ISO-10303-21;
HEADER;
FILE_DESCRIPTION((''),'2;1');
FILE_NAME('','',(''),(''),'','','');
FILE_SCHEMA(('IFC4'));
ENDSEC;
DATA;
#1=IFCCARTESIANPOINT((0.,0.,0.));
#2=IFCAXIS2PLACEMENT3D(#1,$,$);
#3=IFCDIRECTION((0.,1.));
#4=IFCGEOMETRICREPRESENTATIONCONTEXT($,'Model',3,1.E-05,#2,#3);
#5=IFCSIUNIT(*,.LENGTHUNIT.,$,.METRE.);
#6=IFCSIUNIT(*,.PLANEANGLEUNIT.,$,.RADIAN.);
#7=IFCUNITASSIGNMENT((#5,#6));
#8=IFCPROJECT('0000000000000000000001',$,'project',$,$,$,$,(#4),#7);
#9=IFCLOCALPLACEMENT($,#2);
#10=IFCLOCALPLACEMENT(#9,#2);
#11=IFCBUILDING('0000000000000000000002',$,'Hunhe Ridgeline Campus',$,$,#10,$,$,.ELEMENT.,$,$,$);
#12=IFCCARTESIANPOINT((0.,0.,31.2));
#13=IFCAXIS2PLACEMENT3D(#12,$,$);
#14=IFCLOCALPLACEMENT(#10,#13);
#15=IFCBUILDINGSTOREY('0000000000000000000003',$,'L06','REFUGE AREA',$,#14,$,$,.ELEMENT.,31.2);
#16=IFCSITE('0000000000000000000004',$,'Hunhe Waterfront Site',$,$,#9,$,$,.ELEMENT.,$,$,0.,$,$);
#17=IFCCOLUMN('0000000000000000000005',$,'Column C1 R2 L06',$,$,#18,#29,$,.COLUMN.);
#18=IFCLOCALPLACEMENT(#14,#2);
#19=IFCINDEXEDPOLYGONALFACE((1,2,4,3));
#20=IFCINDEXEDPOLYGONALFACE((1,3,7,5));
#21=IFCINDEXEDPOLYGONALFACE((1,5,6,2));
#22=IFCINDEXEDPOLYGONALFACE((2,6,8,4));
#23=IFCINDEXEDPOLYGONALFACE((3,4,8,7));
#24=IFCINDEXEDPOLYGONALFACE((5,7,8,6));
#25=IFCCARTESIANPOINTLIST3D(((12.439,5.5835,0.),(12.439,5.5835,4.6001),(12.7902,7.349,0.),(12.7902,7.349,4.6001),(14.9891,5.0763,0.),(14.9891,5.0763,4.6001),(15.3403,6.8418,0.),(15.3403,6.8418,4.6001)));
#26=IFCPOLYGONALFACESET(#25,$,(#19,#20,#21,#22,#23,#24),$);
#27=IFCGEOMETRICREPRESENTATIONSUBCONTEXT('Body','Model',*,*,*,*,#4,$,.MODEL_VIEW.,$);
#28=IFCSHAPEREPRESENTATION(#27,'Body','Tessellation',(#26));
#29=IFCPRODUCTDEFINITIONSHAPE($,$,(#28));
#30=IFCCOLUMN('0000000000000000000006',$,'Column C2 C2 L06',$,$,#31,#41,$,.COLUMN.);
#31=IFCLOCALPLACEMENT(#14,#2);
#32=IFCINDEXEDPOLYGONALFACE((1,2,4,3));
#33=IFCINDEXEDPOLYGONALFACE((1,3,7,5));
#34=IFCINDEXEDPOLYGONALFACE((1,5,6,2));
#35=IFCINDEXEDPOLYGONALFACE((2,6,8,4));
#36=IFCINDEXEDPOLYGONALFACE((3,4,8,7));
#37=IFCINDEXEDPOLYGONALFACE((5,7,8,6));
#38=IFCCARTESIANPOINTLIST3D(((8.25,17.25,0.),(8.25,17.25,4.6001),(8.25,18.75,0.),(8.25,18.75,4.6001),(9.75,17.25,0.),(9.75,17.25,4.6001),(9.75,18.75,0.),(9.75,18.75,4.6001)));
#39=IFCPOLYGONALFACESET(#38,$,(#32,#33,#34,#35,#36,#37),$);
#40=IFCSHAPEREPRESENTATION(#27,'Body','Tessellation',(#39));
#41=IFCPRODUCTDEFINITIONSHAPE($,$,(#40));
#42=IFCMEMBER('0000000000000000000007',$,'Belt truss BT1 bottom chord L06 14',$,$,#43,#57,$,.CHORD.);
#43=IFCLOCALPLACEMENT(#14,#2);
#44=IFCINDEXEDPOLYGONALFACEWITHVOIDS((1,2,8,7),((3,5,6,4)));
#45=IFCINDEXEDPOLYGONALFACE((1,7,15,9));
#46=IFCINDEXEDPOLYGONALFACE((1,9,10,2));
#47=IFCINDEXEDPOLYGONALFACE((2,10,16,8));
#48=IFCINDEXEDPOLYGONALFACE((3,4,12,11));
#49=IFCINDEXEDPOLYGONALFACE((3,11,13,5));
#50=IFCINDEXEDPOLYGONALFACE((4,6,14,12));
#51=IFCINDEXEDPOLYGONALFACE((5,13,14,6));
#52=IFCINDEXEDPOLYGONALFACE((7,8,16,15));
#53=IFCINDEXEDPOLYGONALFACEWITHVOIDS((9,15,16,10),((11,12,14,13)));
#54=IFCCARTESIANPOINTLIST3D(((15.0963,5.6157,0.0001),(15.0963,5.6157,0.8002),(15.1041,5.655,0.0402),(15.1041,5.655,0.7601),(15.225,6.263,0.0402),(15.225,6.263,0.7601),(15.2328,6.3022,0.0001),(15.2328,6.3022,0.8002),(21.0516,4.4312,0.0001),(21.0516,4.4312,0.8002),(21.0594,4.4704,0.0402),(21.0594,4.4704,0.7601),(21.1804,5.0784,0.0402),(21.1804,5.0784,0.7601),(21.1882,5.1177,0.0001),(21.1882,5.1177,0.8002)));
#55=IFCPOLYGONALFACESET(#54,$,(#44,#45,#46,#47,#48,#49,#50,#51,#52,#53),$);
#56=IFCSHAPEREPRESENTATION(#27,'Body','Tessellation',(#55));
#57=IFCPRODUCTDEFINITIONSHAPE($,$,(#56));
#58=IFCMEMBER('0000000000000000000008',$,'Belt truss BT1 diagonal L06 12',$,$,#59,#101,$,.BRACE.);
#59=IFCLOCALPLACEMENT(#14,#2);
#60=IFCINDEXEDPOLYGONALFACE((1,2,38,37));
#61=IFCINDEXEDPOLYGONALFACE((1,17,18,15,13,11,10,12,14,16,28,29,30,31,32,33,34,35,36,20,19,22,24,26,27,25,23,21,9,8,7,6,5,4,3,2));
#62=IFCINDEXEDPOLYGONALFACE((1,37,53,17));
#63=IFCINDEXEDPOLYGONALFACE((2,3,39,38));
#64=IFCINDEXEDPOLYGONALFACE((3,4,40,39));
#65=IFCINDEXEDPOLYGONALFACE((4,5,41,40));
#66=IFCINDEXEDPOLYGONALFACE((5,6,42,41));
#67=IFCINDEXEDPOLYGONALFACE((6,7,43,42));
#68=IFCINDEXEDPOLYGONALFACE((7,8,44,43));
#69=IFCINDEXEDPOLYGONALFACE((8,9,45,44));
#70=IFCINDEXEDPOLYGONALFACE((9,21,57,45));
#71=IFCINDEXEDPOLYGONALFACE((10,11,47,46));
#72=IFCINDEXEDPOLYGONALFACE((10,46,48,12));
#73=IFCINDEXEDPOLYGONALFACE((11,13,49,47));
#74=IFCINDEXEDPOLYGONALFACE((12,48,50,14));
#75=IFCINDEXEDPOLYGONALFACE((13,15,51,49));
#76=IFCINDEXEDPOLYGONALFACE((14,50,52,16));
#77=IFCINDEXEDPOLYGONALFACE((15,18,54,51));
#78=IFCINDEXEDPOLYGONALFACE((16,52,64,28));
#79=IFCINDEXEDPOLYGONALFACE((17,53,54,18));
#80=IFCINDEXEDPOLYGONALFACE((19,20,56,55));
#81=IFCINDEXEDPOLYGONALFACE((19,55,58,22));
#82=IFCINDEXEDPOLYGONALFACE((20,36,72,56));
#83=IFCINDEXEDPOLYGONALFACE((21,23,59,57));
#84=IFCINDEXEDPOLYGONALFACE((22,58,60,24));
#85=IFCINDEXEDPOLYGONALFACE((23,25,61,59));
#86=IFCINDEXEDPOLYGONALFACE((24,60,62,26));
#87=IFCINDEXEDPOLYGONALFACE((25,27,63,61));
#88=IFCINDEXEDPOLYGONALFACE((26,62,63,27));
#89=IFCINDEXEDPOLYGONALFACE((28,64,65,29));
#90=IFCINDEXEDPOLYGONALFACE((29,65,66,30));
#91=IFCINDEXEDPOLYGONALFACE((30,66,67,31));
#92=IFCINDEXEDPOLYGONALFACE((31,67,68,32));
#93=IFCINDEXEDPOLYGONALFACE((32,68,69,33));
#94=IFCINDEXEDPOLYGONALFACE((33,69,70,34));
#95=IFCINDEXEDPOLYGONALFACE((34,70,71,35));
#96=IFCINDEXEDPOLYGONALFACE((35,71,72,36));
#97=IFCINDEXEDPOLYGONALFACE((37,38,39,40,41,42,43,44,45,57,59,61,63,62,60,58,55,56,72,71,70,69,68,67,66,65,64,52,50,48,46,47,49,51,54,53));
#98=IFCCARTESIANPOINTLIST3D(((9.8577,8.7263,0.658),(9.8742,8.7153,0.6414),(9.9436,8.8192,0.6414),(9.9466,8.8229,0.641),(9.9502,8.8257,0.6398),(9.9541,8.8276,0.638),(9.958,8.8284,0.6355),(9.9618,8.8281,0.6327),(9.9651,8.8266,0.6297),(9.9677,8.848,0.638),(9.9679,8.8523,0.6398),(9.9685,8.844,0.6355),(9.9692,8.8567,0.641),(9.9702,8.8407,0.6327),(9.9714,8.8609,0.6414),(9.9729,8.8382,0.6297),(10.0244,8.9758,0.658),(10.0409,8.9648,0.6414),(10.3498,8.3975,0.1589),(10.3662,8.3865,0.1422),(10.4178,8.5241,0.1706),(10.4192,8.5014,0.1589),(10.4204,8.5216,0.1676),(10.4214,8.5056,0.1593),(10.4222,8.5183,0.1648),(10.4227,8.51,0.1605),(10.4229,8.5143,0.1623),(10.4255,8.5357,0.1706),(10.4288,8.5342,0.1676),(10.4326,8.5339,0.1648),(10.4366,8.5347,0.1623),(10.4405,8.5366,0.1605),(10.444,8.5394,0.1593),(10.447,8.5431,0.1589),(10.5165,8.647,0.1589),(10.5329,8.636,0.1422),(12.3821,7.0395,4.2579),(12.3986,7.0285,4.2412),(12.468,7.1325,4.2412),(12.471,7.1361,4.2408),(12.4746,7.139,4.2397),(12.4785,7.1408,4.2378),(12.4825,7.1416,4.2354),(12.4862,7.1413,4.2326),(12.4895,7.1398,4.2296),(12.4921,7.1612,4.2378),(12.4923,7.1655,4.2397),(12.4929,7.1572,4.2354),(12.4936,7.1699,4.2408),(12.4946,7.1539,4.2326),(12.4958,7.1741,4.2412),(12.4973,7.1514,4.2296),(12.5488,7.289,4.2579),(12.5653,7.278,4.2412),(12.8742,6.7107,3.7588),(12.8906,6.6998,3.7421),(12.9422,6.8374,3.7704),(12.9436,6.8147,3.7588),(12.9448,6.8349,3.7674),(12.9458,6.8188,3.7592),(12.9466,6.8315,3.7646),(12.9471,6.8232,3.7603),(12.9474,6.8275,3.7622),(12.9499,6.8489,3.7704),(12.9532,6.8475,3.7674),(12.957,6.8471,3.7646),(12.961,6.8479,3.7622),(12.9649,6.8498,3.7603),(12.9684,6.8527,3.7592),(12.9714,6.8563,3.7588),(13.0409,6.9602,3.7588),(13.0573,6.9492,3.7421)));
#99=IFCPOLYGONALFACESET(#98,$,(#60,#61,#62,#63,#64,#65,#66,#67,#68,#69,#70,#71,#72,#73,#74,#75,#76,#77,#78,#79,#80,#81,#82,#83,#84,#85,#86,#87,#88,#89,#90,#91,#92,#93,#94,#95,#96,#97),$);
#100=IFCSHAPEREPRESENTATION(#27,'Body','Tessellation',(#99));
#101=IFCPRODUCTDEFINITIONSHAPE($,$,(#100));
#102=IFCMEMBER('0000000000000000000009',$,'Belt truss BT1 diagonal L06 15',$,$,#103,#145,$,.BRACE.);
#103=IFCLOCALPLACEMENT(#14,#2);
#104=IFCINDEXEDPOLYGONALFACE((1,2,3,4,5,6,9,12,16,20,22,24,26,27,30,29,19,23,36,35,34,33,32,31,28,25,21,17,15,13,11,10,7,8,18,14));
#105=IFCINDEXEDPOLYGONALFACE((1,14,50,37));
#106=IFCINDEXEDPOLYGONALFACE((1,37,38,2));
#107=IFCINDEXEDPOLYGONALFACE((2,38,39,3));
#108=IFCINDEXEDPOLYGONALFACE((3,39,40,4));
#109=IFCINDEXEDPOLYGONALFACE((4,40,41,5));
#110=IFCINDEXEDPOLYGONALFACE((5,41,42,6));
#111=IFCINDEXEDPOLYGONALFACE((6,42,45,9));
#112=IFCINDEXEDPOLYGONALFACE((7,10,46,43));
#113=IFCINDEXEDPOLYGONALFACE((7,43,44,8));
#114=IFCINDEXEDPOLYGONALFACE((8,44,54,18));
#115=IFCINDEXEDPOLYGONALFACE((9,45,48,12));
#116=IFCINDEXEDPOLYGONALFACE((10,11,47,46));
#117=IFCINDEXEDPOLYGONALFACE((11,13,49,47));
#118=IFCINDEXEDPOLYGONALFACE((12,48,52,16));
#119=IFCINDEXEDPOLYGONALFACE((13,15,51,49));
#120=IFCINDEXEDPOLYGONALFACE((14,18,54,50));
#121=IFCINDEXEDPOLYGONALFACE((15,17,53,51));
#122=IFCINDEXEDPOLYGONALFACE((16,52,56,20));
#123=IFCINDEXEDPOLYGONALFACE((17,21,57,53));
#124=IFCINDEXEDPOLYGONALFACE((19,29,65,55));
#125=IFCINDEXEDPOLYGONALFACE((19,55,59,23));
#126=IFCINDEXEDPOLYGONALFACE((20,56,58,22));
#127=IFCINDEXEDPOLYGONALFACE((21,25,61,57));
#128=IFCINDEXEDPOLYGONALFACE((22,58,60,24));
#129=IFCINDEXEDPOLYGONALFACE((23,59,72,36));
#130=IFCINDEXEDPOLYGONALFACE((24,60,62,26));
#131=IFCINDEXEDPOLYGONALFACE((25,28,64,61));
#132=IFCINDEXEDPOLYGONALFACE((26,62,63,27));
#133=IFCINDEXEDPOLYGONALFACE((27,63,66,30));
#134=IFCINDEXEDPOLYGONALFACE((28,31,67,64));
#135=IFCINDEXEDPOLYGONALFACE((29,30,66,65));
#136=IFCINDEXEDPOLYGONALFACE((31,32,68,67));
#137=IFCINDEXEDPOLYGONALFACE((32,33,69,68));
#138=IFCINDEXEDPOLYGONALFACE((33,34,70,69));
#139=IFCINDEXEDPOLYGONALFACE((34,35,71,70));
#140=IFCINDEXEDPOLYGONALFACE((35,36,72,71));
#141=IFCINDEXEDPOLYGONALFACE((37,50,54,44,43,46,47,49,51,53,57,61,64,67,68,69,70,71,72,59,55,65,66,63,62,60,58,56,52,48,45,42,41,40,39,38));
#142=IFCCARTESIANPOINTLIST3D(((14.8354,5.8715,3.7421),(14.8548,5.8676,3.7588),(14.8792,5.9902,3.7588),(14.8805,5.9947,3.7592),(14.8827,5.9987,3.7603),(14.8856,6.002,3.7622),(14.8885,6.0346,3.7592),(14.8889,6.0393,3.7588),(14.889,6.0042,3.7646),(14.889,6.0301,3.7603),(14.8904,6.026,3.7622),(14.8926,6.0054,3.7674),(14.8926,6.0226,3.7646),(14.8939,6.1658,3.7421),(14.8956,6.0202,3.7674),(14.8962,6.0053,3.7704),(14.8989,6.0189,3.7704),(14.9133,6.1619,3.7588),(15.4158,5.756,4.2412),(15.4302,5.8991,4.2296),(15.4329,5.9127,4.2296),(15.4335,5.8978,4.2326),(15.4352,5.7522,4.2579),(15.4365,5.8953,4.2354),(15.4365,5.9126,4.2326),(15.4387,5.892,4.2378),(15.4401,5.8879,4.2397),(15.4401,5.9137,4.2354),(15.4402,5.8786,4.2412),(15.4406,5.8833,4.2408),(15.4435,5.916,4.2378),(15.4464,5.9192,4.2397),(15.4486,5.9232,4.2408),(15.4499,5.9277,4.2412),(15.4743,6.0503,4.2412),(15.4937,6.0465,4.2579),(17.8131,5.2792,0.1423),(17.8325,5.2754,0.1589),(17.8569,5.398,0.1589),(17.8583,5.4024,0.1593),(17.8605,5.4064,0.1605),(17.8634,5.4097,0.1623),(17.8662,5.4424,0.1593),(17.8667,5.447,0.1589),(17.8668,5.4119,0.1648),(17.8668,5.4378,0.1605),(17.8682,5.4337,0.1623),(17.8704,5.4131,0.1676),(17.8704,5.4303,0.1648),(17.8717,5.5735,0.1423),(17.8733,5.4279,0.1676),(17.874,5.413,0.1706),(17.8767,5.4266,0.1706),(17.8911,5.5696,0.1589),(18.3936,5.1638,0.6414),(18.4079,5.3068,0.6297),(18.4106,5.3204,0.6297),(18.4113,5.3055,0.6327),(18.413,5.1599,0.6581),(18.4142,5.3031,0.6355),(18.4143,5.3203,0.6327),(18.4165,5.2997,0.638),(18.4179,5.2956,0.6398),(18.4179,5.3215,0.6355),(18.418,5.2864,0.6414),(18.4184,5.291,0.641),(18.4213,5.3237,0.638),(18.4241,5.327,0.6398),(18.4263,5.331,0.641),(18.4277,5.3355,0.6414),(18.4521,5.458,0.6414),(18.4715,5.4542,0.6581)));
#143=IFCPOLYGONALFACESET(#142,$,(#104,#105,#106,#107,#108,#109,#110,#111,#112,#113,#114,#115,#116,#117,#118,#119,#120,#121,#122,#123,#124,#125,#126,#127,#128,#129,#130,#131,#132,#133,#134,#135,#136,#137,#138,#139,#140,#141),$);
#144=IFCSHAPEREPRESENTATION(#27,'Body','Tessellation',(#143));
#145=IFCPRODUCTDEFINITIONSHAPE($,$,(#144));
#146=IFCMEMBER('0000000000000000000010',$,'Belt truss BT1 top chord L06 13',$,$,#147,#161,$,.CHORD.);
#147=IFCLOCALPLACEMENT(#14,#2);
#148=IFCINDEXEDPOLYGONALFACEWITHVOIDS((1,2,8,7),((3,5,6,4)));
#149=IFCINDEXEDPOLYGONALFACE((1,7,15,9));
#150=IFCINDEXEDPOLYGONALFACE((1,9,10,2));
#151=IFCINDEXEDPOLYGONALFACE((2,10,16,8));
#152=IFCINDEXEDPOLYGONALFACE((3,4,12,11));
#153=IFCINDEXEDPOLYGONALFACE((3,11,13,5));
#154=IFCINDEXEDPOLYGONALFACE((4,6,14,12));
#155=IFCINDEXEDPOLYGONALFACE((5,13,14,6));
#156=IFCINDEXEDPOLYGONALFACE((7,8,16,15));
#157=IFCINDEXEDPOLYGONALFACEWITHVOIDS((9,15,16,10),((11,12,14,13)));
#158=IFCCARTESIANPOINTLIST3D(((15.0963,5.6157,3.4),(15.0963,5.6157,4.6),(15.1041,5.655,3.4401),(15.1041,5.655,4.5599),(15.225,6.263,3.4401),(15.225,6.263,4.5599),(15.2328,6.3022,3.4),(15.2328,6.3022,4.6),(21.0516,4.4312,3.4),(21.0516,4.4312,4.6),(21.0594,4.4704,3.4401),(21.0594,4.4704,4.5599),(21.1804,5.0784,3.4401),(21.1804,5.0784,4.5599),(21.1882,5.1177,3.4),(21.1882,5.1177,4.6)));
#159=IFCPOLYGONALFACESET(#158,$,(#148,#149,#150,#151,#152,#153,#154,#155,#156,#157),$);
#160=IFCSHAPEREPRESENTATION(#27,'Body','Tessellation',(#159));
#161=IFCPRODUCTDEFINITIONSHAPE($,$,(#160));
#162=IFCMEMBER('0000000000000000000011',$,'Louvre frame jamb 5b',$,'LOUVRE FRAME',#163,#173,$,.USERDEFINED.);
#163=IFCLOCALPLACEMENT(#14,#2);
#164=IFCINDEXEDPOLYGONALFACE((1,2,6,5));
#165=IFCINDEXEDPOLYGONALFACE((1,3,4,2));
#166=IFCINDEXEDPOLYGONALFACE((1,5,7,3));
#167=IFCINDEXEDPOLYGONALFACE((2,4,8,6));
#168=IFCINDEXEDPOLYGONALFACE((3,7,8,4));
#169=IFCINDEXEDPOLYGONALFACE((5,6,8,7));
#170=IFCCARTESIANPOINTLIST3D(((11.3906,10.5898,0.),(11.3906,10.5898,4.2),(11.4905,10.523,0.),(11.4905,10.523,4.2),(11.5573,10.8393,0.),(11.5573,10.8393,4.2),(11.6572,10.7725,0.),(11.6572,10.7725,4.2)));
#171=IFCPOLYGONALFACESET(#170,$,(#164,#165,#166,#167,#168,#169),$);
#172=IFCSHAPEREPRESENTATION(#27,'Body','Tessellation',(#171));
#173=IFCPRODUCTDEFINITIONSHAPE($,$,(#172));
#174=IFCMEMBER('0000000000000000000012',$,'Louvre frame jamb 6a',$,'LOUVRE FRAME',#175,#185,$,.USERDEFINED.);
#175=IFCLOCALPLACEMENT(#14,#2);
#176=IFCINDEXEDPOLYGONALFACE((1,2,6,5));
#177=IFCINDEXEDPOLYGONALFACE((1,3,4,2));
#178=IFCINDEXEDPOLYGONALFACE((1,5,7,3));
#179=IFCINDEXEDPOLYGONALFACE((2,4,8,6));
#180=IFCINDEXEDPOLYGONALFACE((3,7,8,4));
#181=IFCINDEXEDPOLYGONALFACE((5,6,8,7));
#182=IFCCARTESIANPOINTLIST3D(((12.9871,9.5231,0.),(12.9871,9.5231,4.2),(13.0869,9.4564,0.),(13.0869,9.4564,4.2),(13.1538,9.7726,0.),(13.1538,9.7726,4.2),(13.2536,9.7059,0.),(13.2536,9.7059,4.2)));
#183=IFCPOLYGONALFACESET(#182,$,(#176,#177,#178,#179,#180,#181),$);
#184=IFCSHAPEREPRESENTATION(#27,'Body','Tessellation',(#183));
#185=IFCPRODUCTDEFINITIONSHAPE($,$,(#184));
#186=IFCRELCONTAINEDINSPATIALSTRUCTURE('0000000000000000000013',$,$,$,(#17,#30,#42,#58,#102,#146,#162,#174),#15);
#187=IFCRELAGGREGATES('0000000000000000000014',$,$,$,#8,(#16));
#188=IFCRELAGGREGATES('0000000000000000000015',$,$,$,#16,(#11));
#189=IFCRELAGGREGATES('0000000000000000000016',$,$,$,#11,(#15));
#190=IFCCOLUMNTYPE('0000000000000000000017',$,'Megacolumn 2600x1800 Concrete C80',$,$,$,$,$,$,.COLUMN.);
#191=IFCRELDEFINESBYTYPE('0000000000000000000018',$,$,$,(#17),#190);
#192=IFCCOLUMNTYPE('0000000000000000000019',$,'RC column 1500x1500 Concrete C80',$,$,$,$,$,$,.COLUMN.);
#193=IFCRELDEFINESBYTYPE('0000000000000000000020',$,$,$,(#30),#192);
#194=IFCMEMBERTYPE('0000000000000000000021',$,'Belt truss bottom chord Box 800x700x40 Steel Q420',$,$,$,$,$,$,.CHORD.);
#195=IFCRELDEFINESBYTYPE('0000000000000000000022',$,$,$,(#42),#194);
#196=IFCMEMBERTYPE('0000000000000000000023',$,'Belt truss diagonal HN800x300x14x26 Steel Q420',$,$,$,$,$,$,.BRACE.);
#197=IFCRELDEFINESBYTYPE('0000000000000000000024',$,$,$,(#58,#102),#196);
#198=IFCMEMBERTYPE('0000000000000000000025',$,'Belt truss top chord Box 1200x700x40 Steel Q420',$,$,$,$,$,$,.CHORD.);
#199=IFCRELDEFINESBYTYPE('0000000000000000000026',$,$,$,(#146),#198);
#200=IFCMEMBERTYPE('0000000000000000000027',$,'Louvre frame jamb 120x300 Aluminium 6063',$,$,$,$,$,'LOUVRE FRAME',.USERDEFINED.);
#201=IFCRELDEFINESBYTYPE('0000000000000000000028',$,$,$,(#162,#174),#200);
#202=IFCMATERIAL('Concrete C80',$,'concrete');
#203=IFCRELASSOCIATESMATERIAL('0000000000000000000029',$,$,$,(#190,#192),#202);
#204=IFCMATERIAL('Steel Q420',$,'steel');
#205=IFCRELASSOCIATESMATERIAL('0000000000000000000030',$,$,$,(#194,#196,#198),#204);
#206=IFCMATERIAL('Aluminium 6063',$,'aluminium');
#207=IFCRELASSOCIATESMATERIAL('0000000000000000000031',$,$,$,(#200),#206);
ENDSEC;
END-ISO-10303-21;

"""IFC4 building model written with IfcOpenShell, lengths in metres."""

from ifc_helpers import new_model, si_unit, direction, frame, origin, origin_2d, place, context, subcontext, project, spatial, rectangle, hollow_rectangle, i_section, extrude, material, material_profile, profile_set, type_object, element, save


model = new_model("IFC4")

# Units and contexts
model_context = context("Model", 3, precision=1e-05, world=origin(), true_north=direction((0.0, 1.0)))
body_context = subcontext(model_context, "Body", "Model", "MODEL_VIEW")
ifc_project = project(units=[si_unit("LENGTHUNIT", "METRE"), si_unit("PLANEANGLEUNIT", "RADIAN")], contexts=[model_context])

# Site, building, storey
site_placement = place(None, origin())
site = spatial("IfcSite", under=ifc_project, at=site_placement, Name="Hunhe Waterfront Site", CompositionType="ELEMENT", RefElevation=0.0)
building_placement = place(site_placement, origin())
building = spatial("IfcBuilding", under=site, at=building_placement, Name="Hunhe Ridgeline Campus", CompositionType="ELEMENT")
storey_placement = place(building_placement, frame((0.0, 0.0, 31.2)))
storey = spatial("IfcBuildingStorey", under=building, at=storey_placement, Name="L06", Description="REFUGE AREA", CompositionType="ELEMENT", Elevation=31.2)

# Columns
ifc_material_1 = material(Name="Concrete C80", Category="concrete")
ifc_material_profile_1 = material_profile(ifc_material_1, rectangle(XDim=2.6001, YDim=1.8, at=origin_2d()))
ifc_profile_set_1 = profile_set([ifc_material_profile_1], Name="Concrete C80")
column_type_1 = type_object("IfcColumnType", Name="Megacolumn 2600x1800 Concrete C80", PredefinedType="COLUMN", material=ifc_profile_set_1)
column_1_placement = place(storey_placement, frame((13.8896, 6.2126, 0.0), z_axis=(0.0, 0.0, 1.0), x_axis=(-0.980785, 0.19509, 0.0)))
element("IfcColumn", 1, at=column_1_placement, inside=storey, type_object=column_type_1, Name="Column C1 R2 L06", PredefinedType="COLUMN", context=body_context, shape_type="SweptSolid", body=[
    extrude(rectangle(XDim=2.6001, YDim=1.8, at=origin_2d()), origin(), (0.0, 0.0, 1.0), 4.6001),
])
ifc_material_profile_2 = material_profile(ifc_material_1, rectangle(XDim=1.5, YDim=1.5, at=origin_2d()))
ifc_profile_set_2 = profile_set([ifc_material_profile_2], Name="Concrete C80")
column_type_2 = type_object("IfcColumnType", Name="RC column 1500x1500 Concrete C80", PredefinedType="COLUMN", material=ifc_profile_set_2)
column_2_placement = place(storey_placement, frame((9.0, 18.0, 0.0), z_axis=(0.0, 0.0, 1.0), x_axis=(1.0, 0.0, 0.0)))
element("IfcColumn", 2, at=column_2_placement, inside=storey, type_object=column_type_2, Name="Column C2 C2 L06", PredefinedType="COLUMN", context=body_context, shape_type="SweptSolid", body=[
    extrude(rectangle(XDim=1.5, YDim=1.5, at=origin_2d()), origin(), (0.0, 0.0, 1.0), 4.6001),
])

# Members
ifc_material_2 = material(Name="Steel Q420", Category="steel")
ifc_material_profile_3 = material_profile(ifc_material_2, hollow_rectangle(XDim=0.7, YDim=0.8, WallThickness=0.04, at=origin_2d()))
ifc_profile_set_3 = profile_set([ifc_material_profile_3], Name="Steel Q420")
member_type_1 = type_object("IfcMemberType", Name="Belt truss bottom chord Box 800x700x40 Steel Q420", PredefinedType="CHORD", material=ifc_profile_set_3)
member_1_placement = place(storey_placement, frame((15.1646, 5.959, 0.4001), z_axis=(0.980786, -0.195088, 0.0), x_axis=(0.195088, 0.980786, 0.0)))
element("IfcMember", 3, at=member_1_placement, inside=storey, type_object=member_type_1, Name="Belt truss BT1 bottom chord L06 14", PredefinedType="CHORD", context=body_context, shape_type="SweptSolid", body=[
    extrude(hollow_rectangle(XDim=0.7, YDim=0.8, WallThickness=0.04, at=origin_2d()), origin(), (0.0, 0.0, 1.0), 6.072),
])
ifc_material_profile_4 = material_profile(ifc_material_2, i_section(OverallWidth=0.3, OverallDepth=0.8, WebThickness=0.0139, FlangeThickness=0.0259, FilletRadius=0.0181, at=origin_2d()))
ifc_profile_set_4 = profile_set([ifc_material_profile_4], Name="Steel Q420")
member_type_2 = type_object("IfcMemberType", Name="Belt truss diagonal HN800x300x14x26 Steel Q420", PredefinedType="BRACE", material=ifc_profile_set_4)
for number, where, z_axis, x_axis, name in (
    (4, (10.1953, 8.6812, 0.4001), (0.536057, -0.358184, 0.764426), (0.555572, 0.831468, 0.0), "Belt truss BT1 diagonal L06 12"),
    (5, (15.1646, 5.959, 4.0), (0.632328, -0.125771, -0.764423), (0.19508, 0.980787, 0.0), "Belt truss BT1 diagonal L06 15"),
):
    element("IfcMember", number, at=place(storey_placement, frame(where, z_axis=z_axis, x_axis=x_axis)), inside=storey, type_object=member_type_2, Name=name, PredefinedType="BRACE", context=body_context, shape_type="SweptSolid", body=[
        extrude(i_section(OverallWidth=0.3, OverallDepth=0.8, WebThickness=0.0139, FlangeThickness=0.0259, FilletRadius=0.0181, at=origin_2d()), origin(), (0.0, 0.0, 1.0), 4.7092),
    ])
ifc_material_profile_5 = material_profile(ifc_material_2, hollow_rectangle(XDim=0.7, YDim=1.2, WallThickness=0.04, at=origin_2d()))
ifc_profile_set_5 = profile_set([ifc_material_profile_5], Name="Steel Q420")
member_type_3 = type_object("IfcMemberType", Name="Belt truss top chord Box 1200x700x40 Steel Q420", PredefinedType="CHORD", material=ifc_profile_set_5)
member_2_placement = place(storey_placement, frame((15.1646, 5.959, 4.0), z_axis=(0.980786, -0.195088, 0.0), x_axis=(0.195088, 0.980786, 0.0)))
element("IfcMember", 6, at=member_2_placement, inside=storey, type_object=member_type_3, Name="Belt truss BT1 top chord L06 13", PredefinedType="CHORD", context=body_context, shape_type="SweptSolid", body=[
    extrude(hollow_rectangle(XDim=0.7, YDim=1.2, WallThickness=0.04, at=origin_2d()), origin(), (0.0, 0.0, 1.0), 6.072),
])
ifc_material_3 = material(Name="Aluminium 6063", Category="aluminium")
ifc_material_profile_6 = material_profile(ifc_material_3, rectangle(XDim=0.3, YDim=0.1201, at=origin_2d()))
ifc_profile_set_6 = profile_set([ifc_material_profile_6], Name="Aluminium 6063")
member_type_4 = type_object("IfcMemberType", Name="Louvre frame jamb 120x300 Aluminium 6063", ElementType="LOUVRE FRAME", PredefinedType="USERDEFINED", material=ifc_profile_set_6)
for number, where, z_axis, x_axis, name in (
    (7, (11.5239, 10.6812, 0.0), (0.0, 0.0, 1.0), (0.55557, 0.83147, 0.0), "Louvre frame jamb 5b"),
    (8, (13.1204, 9.6145, 0.0), (0.0, 0.0, 1.0), (0.55557, 0.83147, 0.0), "Louvre frame jamb 6a"),
):
    element("IfcMember", number, at=place(storey_placement, frame(where, z_axis=z_axis, x_axis=x_axis)), inside=storey, type_object=member_type_4, Name=name, ObjectType="LOUVRE FRAME", PredefinedType="USERDEFINED", context=body_context, shape_type="SweptSolid", body=[
        extrude(rectangle(XDim=0.3, YDim=0.1201, at=origin_2d()), origin(), (0.0, 0.0, 1.0), 4.2),
    ])

save(model, "model.ifc")
